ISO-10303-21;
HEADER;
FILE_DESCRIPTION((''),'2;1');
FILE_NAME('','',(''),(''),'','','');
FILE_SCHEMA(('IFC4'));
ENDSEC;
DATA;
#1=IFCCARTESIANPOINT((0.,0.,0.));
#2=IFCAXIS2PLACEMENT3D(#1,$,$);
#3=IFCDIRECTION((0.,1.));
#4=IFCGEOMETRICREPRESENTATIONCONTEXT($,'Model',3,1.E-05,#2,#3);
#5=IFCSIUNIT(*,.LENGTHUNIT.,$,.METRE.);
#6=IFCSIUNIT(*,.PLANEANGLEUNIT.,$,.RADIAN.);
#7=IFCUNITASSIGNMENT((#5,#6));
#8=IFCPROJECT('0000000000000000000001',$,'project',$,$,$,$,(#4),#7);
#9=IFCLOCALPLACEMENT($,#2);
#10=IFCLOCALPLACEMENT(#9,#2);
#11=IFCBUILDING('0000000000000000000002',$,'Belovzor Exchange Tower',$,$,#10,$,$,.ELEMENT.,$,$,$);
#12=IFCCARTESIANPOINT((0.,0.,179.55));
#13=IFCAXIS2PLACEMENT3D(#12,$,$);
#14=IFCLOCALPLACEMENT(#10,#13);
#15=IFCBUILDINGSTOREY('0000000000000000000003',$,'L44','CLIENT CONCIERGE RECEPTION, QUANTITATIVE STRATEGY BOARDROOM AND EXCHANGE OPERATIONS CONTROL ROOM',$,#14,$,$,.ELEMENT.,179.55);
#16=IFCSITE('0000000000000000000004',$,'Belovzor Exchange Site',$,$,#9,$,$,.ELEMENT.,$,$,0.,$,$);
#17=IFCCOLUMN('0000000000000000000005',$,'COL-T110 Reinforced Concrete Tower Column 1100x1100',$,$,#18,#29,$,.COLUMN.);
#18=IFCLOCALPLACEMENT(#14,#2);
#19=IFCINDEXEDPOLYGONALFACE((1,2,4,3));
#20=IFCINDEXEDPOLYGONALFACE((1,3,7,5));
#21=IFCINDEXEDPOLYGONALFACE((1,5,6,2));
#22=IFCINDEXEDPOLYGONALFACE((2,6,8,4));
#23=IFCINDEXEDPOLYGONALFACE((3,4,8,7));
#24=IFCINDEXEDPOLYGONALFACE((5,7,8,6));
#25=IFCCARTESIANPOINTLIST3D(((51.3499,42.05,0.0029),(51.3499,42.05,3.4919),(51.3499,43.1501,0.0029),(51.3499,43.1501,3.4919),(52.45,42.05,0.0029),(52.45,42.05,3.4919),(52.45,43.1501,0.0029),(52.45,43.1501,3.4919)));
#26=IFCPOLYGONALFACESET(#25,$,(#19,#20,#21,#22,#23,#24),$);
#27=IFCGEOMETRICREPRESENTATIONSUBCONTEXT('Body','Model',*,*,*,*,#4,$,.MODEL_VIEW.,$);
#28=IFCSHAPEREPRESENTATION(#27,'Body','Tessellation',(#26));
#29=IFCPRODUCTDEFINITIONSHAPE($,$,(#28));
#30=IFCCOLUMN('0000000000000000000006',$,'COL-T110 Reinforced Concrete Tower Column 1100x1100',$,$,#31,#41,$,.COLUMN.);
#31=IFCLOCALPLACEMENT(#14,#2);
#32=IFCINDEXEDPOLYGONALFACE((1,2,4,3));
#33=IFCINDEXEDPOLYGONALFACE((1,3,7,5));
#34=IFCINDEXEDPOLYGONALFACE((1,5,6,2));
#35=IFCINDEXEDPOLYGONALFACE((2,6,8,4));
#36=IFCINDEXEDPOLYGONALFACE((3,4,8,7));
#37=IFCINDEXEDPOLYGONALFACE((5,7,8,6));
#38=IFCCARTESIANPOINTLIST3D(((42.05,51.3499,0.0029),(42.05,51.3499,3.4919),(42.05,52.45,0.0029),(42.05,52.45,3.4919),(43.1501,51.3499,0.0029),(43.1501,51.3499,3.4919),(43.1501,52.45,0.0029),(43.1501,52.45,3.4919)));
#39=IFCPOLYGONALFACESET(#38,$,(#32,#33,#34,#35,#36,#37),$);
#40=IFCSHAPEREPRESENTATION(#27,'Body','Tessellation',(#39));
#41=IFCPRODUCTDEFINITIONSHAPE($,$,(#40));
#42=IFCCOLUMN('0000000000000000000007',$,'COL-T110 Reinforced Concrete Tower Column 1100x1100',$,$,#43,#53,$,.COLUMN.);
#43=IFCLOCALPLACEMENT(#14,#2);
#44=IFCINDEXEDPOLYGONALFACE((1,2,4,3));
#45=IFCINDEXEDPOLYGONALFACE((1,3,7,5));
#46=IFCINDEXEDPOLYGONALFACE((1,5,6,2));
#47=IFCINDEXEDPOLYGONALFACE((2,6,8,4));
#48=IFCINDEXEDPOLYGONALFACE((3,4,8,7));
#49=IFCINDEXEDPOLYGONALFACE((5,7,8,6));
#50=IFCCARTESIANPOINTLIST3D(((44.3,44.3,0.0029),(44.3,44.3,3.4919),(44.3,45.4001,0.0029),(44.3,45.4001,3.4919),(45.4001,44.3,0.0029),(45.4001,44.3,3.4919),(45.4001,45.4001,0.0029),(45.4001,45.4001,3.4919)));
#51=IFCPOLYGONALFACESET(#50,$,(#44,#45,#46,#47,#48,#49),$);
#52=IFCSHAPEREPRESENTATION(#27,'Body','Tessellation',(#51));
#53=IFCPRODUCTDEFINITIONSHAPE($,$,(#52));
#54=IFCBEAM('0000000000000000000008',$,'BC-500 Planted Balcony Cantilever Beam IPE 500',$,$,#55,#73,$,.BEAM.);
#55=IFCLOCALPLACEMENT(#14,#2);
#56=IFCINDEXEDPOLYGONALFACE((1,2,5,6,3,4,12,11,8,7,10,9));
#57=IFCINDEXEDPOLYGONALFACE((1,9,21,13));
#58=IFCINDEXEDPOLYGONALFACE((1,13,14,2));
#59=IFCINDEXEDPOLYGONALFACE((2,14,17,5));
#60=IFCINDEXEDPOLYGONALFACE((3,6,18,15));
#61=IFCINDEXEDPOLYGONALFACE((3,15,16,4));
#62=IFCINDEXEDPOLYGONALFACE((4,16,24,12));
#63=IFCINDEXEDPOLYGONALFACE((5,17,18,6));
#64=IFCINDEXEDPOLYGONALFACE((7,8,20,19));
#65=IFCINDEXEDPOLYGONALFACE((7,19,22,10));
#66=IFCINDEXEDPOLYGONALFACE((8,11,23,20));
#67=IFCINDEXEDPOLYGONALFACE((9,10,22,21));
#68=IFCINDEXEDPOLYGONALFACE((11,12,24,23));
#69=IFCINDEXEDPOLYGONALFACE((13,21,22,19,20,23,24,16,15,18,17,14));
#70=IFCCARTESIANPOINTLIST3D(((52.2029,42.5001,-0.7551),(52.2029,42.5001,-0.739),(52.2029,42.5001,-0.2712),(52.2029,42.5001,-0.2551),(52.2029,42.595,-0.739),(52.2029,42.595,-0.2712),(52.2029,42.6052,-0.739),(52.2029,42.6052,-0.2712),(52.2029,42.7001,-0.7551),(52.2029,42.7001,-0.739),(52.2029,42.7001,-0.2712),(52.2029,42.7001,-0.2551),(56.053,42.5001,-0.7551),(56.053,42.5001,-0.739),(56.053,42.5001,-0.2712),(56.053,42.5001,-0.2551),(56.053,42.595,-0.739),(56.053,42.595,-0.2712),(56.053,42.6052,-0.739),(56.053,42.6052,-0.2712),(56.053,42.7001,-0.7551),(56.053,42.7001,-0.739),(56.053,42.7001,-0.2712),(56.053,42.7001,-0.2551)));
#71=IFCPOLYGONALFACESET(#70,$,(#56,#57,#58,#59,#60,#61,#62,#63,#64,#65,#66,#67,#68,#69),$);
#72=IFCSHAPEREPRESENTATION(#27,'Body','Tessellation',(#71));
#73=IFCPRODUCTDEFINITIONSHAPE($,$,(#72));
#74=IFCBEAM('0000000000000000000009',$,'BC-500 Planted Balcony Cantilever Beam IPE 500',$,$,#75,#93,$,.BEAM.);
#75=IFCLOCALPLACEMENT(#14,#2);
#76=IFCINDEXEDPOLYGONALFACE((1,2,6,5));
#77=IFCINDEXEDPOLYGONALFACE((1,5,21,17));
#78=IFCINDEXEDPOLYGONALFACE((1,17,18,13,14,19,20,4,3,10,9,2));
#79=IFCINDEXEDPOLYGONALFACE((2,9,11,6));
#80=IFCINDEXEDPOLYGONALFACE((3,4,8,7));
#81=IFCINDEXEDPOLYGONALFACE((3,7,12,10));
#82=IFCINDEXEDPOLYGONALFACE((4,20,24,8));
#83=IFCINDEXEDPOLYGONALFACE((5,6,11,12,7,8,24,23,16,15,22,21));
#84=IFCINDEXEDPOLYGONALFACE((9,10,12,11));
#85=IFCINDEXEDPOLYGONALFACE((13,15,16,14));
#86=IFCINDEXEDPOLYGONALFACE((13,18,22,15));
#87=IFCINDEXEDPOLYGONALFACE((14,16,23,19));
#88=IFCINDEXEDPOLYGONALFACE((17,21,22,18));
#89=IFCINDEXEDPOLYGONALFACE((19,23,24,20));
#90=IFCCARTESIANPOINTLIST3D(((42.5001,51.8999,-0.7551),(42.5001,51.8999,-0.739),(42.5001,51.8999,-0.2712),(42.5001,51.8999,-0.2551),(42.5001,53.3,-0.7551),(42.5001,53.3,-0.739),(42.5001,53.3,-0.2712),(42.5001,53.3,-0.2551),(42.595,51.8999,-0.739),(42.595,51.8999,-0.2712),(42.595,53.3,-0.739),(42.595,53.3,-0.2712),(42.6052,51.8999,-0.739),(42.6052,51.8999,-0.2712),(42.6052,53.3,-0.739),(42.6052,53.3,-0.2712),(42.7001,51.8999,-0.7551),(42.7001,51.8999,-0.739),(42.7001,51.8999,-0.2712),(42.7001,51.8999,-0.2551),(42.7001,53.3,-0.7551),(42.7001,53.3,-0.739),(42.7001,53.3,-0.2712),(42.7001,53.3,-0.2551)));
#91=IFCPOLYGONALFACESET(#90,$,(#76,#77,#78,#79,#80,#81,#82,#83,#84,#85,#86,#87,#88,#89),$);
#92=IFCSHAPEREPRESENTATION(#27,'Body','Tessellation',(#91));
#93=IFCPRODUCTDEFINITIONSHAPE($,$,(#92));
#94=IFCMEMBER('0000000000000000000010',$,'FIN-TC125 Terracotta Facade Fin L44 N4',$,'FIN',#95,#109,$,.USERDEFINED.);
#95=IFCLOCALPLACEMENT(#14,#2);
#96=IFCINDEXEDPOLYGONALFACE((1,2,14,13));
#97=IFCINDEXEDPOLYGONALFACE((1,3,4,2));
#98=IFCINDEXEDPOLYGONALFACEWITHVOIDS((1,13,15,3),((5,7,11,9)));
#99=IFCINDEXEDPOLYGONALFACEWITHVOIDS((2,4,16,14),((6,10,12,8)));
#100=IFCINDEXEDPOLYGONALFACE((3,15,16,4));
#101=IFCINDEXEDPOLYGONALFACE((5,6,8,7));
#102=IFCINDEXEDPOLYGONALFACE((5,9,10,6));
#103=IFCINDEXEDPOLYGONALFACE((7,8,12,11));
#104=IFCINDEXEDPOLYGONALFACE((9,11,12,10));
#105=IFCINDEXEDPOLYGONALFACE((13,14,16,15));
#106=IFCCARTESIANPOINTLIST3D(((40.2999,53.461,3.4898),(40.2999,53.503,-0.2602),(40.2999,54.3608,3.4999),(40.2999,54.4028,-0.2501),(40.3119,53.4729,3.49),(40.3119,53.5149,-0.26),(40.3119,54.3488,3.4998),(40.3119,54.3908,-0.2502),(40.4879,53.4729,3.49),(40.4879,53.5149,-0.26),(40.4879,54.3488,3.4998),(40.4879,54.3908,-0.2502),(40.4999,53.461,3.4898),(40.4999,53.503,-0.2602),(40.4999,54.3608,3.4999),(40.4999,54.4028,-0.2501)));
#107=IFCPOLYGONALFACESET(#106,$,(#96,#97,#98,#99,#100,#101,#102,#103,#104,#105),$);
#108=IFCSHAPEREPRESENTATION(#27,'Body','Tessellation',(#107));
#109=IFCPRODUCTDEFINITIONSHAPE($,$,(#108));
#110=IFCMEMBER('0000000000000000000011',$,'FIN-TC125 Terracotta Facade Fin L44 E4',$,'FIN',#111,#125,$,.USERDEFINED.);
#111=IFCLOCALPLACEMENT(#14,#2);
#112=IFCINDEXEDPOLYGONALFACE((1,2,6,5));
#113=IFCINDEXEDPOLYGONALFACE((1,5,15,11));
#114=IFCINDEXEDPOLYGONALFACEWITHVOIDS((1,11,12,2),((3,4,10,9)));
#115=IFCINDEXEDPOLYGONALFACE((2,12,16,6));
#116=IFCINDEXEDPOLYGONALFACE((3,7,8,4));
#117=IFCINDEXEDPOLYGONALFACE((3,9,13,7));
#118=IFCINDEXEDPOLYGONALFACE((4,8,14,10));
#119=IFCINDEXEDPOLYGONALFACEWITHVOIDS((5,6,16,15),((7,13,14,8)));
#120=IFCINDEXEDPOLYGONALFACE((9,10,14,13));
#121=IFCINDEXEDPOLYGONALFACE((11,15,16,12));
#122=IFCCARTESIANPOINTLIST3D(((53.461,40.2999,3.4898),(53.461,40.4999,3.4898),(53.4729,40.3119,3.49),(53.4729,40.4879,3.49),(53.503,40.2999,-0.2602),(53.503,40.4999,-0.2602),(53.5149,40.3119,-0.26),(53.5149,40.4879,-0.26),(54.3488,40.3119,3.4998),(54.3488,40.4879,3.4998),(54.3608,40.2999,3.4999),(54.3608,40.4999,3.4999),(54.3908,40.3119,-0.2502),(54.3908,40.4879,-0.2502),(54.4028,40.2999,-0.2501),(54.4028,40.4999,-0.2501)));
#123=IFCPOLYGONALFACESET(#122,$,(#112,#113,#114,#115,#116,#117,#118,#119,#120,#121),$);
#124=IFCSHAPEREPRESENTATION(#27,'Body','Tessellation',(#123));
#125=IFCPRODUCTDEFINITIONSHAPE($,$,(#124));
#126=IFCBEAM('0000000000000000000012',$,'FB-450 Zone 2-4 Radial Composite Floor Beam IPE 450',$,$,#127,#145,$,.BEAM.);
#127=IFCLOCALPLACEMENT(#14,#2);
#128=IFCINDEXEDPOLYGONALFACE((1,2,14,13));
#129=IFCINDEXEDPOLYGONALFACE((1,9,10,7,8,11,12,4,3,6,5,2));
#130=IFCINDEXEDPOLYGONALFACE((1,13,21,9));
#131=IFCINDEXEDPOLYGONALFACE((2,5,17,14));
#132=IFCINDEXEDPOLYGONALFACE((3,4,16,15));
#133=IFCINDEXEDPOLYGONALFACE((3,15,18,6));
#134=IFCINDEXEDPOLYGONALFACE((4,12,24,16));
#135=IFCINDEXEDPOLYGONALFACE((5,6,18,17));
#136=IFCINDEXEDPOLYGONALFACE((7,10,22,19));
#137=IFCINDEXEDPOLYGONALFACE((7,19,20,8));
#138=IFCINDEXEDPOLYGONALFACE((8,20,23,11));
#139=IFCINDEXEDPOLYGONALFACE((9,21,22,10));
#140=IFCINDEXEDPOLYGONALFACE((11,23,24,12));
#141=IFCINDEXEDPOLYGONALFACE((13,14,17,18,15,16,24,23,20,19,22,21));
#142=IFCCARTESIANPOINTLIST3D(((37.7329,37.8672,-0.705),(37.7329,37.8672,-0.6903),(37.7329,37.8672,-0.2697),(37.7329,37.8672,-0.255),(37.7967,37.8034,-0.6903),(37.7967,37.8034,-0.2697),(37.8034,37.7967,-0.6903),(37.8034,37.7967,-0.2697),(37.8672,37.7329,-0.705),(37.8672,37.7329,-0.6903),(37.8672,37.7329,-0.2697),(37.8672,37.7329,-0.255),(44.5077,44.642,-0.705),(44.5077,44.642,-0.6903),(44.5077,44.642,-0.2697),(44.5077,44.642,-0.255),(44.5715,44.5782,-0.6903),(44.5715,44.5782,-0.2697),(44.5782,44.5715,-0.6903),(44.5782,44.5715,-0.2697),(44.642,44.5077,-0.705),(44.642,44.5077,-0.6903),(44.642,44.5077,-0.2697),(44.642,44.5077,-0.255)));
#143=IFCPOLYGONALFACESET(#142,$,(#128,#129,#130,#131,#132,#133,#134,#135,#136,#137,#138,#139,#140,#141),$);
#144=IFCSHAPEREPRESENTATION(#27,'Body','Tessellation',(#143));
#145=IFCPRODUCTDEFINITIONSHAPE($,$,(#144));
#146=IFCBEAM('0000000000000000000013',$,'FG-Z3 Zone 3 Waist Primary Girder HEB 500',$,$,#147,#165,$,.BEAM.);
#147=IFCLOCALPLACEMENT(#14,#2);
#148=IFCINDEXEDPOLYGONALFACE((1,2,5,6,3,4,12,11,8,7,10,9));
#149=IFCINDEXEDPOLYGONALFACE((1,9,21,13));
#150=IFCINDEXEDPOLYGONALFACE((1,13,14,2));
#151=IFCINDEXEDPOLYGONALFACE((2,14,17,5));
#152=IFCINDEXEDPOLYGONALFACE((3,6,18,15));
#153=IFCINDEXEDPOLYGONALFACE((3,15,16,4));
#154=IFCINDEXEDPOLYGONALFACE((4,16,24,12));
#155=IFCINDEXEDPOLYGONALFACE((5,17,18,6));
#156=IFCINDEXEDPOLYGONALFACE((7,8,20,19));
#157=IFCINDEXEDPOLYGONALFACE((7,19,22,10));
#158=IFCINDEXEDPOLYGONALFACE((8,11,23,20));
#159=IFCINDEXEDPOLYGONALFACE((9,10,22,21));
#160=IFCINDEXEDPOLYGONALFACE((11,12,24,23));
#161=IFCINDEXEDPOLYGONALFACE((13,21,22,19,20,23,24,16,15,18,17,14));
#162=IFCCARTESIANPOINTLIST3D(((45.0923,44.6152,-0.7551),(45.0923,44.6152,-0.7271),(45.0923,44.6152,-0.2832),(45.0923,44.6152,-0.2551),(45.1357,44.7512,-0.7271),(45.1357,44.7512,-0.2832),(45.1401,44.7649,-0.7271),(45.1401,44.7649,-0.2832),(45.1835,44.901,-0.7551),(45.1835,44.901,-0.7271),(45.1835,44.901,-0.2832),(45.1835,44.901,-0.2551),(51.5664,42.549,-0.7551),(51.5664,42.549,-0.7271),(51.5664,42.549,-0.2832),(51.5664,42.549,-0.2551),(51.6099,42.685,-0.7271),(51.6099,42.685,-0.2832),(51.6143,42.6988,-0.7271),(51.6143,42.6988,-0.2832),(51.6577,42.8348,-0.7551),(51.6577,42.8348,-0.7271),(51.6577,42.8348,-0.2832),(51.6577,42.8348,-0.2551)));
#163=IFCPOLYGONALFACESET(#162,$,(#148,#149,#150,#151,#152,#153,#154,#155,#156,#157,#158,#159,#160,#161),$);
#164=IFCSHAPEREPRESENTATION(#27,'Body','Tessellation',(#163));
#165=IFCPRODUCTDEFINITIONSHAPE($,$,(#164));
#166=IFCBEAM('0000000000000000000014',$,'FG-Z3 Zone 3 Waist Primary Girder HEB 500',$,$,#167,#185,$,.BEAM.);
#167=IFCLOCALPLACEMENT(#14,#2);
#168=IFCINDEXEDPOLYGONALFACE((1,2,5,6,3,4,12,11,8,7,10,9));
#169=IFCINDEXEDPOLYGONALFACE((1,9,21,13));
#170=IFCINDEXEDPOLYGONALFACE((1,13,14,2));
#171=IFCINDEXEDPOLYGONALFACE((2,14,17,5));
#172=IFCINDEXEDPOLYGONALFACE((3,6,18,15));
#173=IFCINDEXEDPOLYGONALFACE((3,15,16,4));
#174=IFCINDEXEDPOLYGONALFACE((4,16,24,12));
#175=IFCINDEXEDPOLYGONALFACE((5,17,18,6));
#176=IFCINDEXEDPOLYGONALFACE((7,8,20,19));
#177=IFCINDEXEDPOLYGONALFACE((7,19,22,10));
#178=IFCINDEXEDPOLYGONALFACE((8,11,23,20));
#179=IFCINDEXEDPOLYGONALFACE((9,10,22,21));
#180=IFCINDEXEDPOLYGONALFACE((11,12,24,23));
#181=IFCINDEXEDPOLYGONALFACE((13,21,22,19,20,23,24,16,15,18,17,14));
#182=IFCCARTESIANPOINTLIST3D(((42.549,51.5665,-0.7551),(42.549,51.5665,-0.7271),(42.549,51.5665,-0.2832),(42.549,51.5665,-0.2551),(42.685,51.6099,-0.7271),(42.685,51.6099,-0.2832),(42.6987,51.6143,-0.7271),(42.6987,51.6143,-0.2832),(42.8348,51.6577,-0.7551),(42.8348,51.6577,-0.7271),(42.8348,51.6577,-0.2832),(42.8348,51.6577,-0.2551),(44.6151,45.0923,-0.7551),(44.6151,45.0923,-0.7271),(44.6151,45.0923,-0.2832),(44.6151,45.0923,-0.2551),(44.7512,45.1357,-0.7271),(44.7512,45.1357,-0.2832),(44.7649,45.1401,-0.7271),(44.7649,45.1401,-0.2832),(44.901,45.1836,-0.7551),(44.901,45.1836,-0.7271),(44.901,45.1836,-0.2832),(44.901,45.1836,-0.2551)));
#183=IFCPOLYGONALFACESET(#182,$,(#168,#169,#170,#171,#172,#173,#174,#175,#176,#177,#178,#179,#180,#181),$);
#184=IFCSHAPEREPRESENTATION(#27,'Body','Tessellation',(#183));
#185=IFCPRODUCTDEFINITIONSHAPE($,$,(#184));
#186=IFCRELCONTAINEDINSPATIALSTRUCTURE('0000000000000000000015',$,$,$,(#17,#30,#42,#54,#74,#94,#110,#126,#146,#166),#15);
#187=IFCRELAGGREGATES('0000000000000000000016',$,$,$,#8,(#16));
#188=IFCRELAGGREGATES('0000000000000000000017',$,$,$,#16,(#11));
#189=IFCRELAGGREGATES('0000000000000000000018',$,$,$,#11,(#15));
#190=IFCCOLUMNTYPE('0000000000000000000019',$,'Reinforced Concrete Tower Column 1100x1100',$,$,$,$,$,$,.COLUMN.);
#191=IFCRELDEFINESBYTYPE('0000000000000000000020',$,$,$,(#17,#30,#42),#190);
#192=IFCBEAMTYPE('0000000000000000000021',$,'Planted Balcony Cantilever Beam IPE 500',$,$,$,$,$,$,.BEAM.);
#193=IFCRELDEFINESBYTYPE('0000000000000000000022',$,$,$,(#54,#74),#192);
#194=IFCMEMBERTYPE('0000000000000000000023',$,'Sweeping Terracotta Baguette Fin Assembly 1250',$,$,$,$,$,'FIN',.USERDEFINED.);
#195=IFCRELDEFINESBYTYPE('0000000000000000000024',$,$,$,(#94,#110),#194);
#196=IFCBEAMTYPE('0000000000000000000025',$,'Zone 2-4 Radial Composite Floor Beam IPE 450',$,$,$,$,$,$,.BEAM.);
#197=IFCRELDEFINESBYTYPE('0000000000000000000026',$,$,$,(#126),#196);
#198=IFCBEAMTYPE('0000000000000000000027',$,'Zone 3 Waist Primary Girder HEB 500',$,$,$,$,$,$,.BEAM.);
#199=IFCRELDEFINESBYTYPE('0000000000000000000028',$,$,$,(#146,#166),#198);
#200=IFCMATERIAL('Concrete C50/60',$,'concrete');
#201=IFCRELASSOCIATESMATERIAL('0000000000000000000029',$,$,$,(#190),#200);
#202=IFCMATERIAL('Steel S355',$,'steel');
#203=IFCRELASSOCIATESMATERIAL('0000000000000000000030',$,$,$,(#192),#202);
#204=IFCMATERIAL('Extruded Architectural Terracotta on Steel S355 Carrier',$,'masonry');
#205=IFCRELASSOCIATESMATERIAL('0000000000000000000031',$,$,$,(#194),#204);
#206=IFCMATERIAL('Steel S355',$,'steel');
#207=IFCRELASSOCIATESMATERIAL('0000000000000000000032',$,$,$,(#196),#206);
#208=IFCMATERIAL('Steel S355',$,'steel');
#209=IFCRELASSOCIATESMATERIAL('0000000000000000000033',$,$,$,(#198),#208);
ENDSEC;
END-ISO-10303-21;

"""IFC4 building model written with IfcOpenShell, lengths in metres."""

from ifc_helpers import new_model, si_unit, direction, frame, origin, origin_2d, place, context, subcontext, project, spatial, rectangle, hollow_rectangle, i_section, extrude, material, material_profile, profile_set, type_object, element, save


model = new_model("IFC4")

# Units and contexts
model_context = context("Model", 3, precision=1e-05, world=origin(), true_north=direction((0.0, 1.0)))
body_context = subcontext(model_context, "Body", "Model", "MODEL_VIEW")
ifc_project = project(units=[si_unit("LENGTHUNIT", "METRE"), si_unit("PLANEANGLEUNIT", "RADIAN")], contexts=[model_context])

# Site, building, storey
site_placement = place(None, origin())
site = spatial("IfcSite", under=ifc_project, at=site_placement, Name="Belovzor Exchange Site", CompositionType="ELEMENT", RefElevation=0.0)
building_placement = place(site_placement, origin())
building = spatial("IfcBuilding", under=site, at=building_placement, Name="Belovzor Exchange Tower", CompositionType="ELEMENT")
storey_placement = place(building_placement, frame((0.0, 0.0, 179.55)))
storey = spatial("IfcBuildingStorey", under=building, at=storey_placement, Name="L44", Description="CLIENT CONCIERGE RECEPTION, QUANTITATIVE STRATEGY BOARDROOM AND EXCHANGE OPERATIONS CONTROL ROOM", CompositionType="ELEMENT", Elevation=179.55)

# Columns
ifc_material_1 = material(Name="Concrete C50/60", Category="concrete")
ifc_material_profile_1 = material_profile(ifc_material_1, rectangle(XDim=1.1001, YDim=1.1001, at=origin_2d()))
ifc_profile_set_1 = profile_set([ifc_material_profile_1], Name="Concrete C50/60")
column_type = type_object("IfcColumnType", Name="Reinforced Concrete Tower Column 1100x1100", PredefinedType="COLUMN", material=ifc_profile_set_1)
for number, where, z_axis, x_axis, name in (
    (1, (51.8999, 42.6001, 0.0029), (0.0, 0.0, 1.0), (1.0, 0.0, 0.0), "COL-T110 Reinforced Concrete Tower Column 1100x1100"),
    (2, (42.6001, 51.8999, 0.0029), (0.0, 0.0, 1.0), (1.0, 0.0, 0.0), "COL-T110 Reinforced Concrete Tower Column 1100x1100"),
    (3, (44.8501, 44.8501, 0.0029), (0.0, 0.0, 1.0), (1.0, 0.0, 0.0), "COL-T110 Reinforced Concrete Tower Column 1100x1100"),
):
    element("IfcColumn", number, at=place(storey_placement, frame(where, z_axis=z_axis, x_axis=x_axis)), inside=storey, type_object=column_type, Name=name, PredefinedType="COLUMN", context=body_context, shape_type="SweptSolid", body=[
        extrude(rectangle(XDim=1.1001, YDim=1.1001, at=origin_2d()), origin(), (0.0, 0.0, 1.0), 3.489),
    ])

# Beams
ifc_material_2 = material(Name="Steel S355", Category="steel")
ifc_material_profile_2 = material_profile(ifc_material_2, i_section(OverallWidth=0.2, OverallDepth=0.5, WebThickness=0.0103, FlangeThickness=0.0161, at=origin_2d()))
ifc_profile_set_2 = profile_set([ifc_material_profile_2], Name="Steel S355")
beam_type_1 = type_object("IfcBeamType", Name="Planted Balcony Cantilever Beam IPE 500", PredefinedType="BEAM", material=ifc_profile_set_2)
beam_1_placement = place(storey_placement, frame((52.2029, 42.6001, -0.5051), z_axis=(1.0, 0.0, 0.0), x_axis=(0.0, 1.0, 0.0)))
element("IfcBeam", 4, at=beam_1_placement, inside=storey, type_object=beam_type_1, Name="BC-500 Planted Balcony Cantilever Beam IPE 500", PredefinedType="BEAM", context=body_context, shape_type="SweptSolid", body=[
    extrude(i_section(OverallWidth=0.2, OverallDepth=0.5, WebThickness=0.0103, FlangeThickness=0.0161, at=origin_2d()), origin(), (0.0, 0.0, 1.0), 3.8501),
])
beam_2_placement = place(storey_placement, frame((42.6001, 51.8999, -0.5051), z_axis=(0.0, 1.0, 0.0), x_axis=(-1.0, 0.0, 0.0)))
element("IfcBeam", 5, at=beam_2_placement, inside=storey, type_object=beam_type_1, Name="BC-500 Planted Balcony Cantilever Beam IPE 500", PredefinedType="BEAM", context=body_context, shape_type="SweptSolid", body=[
    extrude(i_section(OverallWidth=0.2, OverallDepth=0.5, WebThickness=0.0103, FlangeThickness=0.0161, at=origin_2d()), origin(), (0.0, 0.0, 1.0), 1.4001),
])

# Members
ifc_material_3 = material(Name="Extruded Architectural Terracotta on Steel S355 Carrier", Category="masonry")
ifc_material_profile_3 = material_profile(ifc_material_3, hollow_rectangle(XDim=0.2, YDim=0.8999, WallThickness=0.012, at=origin_2d()))
ifc_profile_set_3 = profile_set([ifc_material_profile_3], Name="Extruded Architectural Terracotta on Steel S355 Carrier")
member_type = type_object("IfcMemberType", Name="Sweeping Terracotta Baguette Fin Assembly 1250", ElementType="FIN", PredefinedType="USERDEFINED", material=ifc_profile_set_3)
for number, where, z_axis, x_axis, name in (
    (6, (40.3999, 53.9529, -0.2551), (0.0, -0.011197, 0.999937), (1.0, 0.0, 0.0), "FIN-TC125 Terracotta Facade Fin L44 N4"),
    (7, (53.9529, 40.3999, -0.2551), (-0.011197, 0.0, 0.999937), (0.0, -1.0, 0.0), "FIN-TC125 Terracotta Facade Fin L44 E4"),
):
    element("IfcMember", number, at=place(storey_placement, frame(where, z_axis=z_axis, x_axis=x_axis)), inside=storey, type_object=member_type, Name=name, ObjectType="FIN", PredefinedType="USERDEFINED", context=body_context, shape_type="SweptSolid", body=[
        extrude(hollow_rectangle(XDim=0.2, YDim=0.8999, WallThickness=0.012, at=origin_2d()), origin(), (0.0, 0.0, 1.0), 3.7502),
    ])

# Beams
ifc_material_4 = material(Name="Steel S355", Category="steel")
ifc_material_profile_4 = material_profile(ifc_material_4, i_section(OverallWidth=0.1899, OverallDepth=0.45, WebThickness=0.0095, FlangeThickness=0.0146, at=origin_2d()))
ifc_profile_set_4 = profile_set([ifc_material_profile_4], Name="Steel S355")
beam_type_2 = type_object("IfcBeamType", Name="Zone 2-4 Radial Composite Floor Beam IPE 450", PredefinedType="BEAM", material=ifc_profile_set_4)
beam_3_placement = place(storey_placement, frame((37.8, 37.8, -0.48), z_axis=(0.707107, 0.707107, 0.0), x_axis=(-0.707107, 0.707107, 0.0)))
element("IfcBeam", 8, at=beam_3_placement, inside=storey, type_object=beam_type_2, Name="FB-450 Zone 2-4 Radial Composite Floor Beam IPE 450", PredefinedType="BEAM", context=body_context, shape_type="SweptSolid", body=[
    extrude(i_section(OverallWidth=0.1899, OverallDepth=0.45, WebThickness=0.0095, FlangeThickness=0.0146, at=origin_2d()), origin(), (0.0, 0.0, 1.0), 9.5811),
])
ifc_material_5 = material(Name="Steel S355", Category="steel")
ifc_material_profile_5 = material_profile(ifc_material_5, i_section(OverallWidth=0.3, OverallDepth=0.5, WebThickness=0.0144, FlangeThickness=0.0281, at=origin_2d()))
ifc_profile_set_5 = profile_set([ifc_material_profile_5], Name="Steel S355")
beam_type_3 = type_object("IfcBeamType", Name="Zone 3 Waist Primary Girder HEB 500", PredefinedType="BEAM", material=ifc_profile_set_5)
for number, where, z_axis, x_axis, name in (
    (9, (51.6121, 42.6919, -0.5051), (-0.952661, 0.304034, 0.0), (-0.304034, -0.952661, 0.0), "FG-Z3 Zone 3 Waist Primary Girder HEB 500"),
    (10, (44.7581, 45.1379, -0.5051), (-0.304034, 0.952661, 0.0), (-0.952661, -0.304034, 0.0), "FG-Z3 Zone 3 Waist Primary Girder HEB 500"),
):
    element("IfcBeam", number, at=place(storey_placement, frame(where, z_axis=z_axis, x_axis=x_axis)), inside=storey, type_object=beam_type_3, Name=name, PredefinedType="BEAM", context=body_context, shape_type="SweptSolid", body=[
        extrude(i_section(OverallWidth=0.3, OverallDepth=0.5, WebThickness=0.0144, FlangeThickness=0.0281, at=origin_2d()), origin(), (0.0, 0.0, 1.0), 6.7959),
    ])

save(model, "model.ifc")
